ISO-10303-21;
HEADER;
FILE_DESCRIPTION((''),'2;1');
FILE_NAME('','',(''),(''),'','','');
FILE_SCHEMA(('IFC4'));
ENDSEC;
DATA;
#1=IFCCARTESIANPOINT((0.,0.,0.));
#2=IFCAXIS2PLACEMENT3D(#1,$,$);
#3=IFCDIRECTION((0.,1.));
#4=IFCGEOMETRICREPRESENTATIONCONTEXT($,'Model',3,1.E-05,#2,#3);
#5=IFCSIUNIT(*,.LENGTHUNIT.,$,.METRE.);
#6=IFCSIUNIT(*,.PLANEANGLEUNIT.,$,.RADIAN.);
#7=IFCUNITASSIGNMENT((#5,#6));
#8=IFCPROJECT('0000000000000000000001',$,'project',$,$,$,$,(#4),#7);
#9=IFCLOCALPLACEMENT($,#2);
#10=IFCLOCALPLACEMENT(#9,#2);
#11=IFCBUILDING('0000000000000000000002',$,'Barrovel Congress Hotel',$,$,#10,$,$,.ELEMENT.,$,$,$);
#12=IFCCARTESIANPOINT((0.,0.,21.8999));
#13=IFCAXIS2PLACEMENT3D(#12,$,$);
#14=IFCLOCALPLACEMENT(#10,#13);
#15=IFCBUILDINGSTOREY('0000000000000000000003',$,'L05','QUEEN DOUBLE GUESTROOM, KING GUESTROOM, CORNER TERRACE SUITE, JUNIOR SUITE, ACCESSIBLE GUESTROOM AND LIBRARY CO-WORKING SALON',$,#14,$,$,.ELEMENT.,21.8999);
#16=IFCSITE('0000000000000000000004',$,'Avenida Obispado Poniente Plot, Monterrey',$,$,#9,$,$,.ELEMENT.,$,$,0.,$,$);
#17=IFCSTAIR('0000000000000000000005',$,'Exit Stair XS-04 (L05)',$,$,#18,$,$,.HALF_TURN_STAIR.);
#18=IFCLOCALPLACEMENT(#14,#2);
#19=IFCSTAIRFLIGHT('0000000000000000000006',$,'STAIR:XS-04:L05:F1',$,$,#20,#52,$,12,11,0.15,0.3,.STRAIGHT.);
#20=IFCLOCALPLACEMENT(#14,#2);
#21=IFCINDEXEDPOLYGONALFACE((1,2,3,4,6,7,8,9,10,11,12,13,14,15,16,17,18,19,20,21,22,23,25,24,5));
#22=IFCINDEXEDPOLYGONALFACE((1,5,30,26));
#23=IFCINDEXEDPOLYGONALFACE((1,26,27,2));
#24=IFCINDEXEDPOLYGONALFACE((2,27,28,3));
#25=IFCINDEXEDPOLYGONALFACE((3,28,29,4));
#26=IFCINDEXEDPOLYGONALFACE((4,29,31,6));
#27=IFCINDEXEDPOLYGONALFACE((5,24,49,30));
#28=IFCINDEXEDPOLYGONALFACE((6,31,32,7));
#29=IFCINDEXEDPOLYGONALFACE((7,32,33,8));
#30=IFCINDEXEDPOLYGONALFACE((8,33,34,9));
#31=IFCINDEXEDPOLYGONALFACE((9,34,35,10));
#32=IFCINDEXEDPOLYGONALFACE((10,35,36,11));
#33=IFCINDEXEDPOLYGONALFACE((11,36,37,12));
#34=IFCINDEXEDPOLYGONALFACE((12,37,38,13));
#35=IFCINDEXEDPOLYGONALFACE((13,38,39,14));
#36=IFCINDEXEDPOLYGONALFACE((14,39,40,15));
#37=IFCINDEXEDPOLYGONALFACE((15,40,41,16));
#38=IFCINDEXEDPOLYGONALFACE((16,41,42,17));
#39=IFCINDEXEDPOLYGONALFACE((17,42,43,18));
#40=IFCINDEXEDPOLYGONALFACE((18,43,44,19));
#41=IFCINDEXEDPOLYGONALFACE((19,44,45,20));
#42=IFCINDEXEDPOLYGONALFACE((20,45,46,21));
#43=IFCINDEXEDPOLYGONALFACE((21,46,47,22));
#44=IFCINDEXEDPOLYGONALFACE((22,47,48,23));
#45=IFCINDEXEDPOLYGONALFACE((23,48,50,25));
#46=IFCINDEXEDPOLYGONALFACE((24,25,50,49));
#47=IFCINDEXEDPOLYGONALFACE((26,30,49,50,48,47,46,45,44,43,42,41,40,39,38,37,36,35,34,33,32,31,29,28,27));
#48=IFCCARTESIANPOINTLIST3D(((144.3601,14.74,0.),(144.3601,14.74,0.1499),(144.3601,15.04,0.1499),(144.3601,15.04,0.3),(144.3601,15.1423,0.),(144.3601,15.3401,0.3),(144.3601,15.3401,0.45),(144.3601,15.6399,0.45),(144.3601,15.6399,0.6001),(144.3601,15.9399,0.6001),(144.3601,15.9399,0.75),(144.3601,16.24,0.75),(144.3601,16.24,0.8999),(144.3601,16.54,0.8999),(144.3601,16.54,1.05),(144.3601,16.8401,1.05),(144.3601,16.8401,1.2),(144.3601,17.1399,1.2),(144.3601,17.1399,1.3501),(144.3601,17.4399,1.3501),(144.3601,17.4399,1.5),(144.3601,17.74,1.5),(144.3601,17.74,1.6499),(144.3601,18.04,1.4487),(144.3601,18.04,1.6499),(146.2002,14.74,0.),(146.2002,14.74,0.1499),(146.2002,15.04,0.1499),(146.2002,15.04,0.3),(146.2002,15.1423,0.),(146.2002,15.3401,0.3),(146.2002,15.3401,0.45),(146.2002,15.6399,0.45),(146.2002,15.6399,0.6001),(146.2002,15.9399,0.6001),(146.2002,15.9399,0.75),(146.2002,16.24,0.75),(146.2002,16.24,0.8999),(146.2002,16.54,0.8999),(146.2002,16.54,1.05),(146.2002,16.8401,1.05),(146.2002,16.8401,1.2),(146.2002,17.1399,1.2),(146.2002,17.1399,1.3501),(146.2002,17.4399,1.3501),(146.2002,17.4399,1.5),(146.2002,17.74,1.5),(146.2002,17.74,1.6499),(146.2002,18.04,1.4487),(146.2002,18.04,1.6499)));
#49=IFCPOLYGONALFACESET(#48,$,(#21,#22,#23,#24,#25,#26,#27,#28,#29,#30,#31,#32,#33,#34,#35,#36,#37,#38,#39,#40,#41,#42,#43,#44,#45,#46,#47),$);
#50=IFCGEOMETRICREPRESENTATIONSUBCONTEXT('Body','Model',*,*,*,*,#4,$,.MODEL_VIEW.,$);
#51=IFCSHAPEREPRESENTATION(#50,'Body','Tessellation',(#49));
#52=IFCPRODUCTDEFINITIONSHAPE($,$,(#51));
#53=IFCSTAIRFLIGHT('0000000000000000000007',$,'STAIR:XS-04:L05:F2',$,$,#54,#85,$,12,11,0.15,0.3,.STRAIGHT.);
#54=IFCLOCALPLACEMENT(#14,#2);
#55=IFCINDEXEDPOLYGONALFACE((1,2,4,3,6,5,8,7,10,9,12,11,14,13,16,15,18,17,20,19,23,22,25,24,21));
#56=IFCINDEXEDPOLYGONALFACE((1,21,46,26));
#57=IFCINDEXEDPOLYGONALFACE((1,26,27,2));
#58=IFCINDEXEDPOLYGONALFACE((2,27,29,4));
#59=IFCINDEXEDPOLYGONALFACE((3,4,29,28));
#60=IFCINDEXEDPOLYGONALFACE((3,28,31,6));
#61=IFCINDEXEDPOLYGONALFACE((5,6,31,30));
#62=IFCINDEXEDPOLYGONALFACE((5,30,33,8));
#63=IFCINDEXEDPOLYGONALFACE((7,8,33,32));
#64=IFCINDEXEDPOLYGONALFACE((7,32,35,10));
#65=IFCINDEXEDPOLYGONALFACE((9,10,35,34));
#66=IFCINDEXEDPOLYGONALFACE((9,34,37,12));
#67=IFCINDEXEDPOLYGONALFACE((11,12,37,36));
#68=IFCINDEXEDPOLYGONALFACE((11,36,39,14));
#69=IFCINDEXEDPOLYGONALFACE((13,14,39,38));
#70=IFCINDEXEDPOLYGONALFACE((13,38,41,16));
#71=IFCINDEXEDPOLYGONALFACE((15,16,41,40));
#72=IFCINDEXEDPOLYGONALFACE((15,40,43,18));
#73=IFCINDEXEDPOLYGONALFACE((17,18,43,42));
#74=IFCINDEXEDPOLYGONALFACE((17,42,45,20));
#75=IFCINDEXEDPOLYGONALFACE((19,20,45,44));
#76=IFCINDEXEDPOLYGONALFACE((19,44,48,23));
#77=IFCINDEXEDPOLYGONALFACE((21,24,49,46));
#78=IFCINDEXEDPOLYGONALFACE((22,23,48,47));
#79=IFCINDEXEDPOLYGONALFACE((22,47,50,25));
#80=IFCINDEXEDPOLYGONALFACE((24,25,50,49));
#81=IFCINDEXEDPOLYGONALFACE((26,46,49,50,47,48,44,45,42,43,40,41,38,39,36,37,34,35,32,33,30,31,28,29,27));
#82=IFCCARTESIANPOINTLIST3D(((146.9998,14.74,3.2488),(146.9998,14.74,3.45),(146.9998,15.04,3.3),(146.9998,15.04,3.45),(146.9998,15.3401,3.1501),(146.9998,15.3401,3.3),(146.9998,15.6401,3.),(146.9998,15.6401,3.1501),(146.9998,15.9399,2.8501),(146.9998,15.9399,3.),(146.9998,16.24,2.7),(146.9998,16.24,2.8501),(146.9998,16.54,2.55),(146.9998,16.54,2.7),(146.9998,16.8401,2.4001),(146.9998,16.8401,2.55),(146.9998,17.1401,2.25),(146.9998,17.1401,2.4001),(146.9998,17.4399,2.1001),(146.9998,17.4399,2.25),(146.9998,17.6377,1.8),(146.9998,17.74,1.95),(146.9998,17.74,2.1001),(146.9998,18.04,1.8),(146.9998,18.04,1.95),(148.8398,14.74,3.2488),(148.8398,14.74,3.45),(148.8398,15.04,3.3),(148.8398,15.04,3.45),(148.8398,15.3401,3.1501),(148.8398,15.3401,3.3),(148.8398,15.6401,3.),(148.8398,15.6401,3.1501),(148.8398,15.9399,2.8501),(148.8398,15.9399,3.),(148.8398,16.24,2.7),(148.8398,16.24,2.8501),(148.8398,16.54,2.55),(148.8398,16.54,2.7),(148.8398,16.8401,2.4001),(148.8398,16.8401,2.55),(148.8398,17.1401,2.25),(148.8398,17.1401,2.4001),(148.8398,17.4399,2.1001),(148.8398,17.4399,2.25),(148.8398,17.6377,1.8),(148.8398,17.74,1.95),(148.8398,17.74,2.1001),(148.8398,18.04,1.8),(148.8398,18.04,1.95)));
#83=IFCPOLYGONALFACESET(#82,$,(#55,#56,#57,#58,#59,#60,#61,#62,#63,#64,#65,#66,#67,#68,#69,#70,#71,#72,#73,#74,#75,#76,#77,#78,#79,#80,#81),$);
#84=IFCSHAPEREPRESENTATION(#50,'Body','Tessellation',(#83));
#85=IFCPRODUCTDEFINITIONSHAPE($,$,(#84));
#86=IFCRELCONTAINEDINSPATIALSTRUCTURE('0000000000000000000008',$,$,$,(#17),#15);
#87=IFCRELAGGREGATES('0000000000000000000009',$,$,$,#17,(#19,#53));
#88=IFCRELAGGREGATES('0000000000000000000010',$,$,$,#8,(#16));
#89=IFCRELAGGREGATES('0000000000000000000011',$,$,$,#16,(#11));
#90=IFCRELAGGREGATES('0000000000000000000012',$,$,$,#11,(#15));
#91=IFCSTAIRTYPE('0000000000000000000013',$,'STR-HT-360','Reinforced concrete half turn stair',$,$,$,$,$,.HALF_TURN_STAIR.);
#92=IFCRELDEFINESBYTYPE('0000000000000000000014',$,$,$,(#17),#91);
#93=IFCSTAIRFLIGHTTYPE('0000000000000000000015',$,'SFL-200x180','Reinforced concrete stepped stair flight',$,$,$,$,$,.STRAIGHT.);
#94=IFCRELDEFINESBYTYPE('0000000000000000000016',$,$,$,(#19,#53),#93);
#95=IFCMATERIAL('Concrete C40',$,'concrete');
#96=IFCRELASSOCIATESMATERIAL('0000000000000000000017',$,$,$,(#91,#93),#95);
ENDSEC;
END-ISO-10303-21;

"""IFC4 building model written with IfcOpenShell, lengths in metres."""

from ifc_helpers import new_model, si_unit, direction, frame, origin, place, context, subcontext, project, spatial, polyline, outline, extrude, material, type_object, element, aggregate, save


model = new_model("IFC4")

# Units and contexts
model_context = context("Model", 3, precision=1e-05, world=origin(), true_north=direction((0.0, 1.0)))
body_context = subcontext(model_context, "Body", "Model", "MODEL_VIEW")
ifc_project = project(units=[si_unit("LENGTHUNIT", "METRE"), si_unit("PLANEANGLEUNIT", "RADIAN")], contexts=[model_context])

# Site, building, storey
site_placement = place(None, origin())
site = spatial("IfcSite", under=ifc_project, at=site_placement, Name="Avenida Obispado Poniente Plot, Monterrey", CompositionType="ELEMENT", RefElevation=0.0)
building_placement = place(site_placement, origin())
building = spatial("IfcBuilding", under=site, at=building_placement, Name="Barrovel Congress Hotel", CompositionType="ELEMENT")
storey_placement = place(building_placement, frame((0.0, 0.0, 21.8999)))
storey = spatial("IfcBuildingStorey", under=building, at=storey_placement, Name="L05", Description="QUEEN DOUBLE GUESTROOM, KING GUESTROOM, CORNER TERRACE SUITE, JUNIOR SUITE, ACCESSIBLE GUESTROOM AND LIBRARY CO-WORKING SALON", CompositionType="ELEMENT", Elevation=21.8999)

# Shared definitions
ifc_material_1 = material(Name="Concrete C40", Category="concrete")

# Stair, stair flights
stair_type = type_object("IfcStairType", Name="STR-HT-360", Description="Reinforced concrete half turn stair", PredefinedType="HALF_TURN_STAIR", material=ifc_material_1)
stair_placement = place(storey_placement, origin())
stair = element("IfcStair", 1, at=stair_placement, inside=storey, type_object=stair_type, Name="Exit Stair XS-04 (L05)", PredefinedType="HALF_TURN_STAIR")
stair_flight_type = type_object("IfcStairFlightType", Name="SFL-200x180", Description="Reinforced concrete stepped stair flight", PredefinedType="STRAIGHT", material=ifc_material_1)
stair_flight_1_placement = place(storey_placement, frame((145.28, 14.74, 0.0), z_axis=(0.0, 0.0, 1.0), x_axis=(0.0, 1.0, 0.0)))
stair_flight_1 = element("IfcStairFlight", 2, at=stair_flight_1_placement, type_object=stair_flight_type, Name="STAIR:XS-04:L05:F1", NumberOfRisers=12, NumberOfTreads=11, PredefinedType="STRAIGHT", RiserHeight=0.15, TreadLength=0.3, context=body_context, shape_type="SweptSolid", body=[
    extrude(outline(polyline([(0.0, 0.0), (0.0, 0.1499), (0.3, 0.1499), (0.3, 0.3), (0.6001, 0.3), (0.6001, 0.45), (0.8999, 0.45), (0.8999, 0.6001), (1.2, 0.6001), (1.2, 0.75), (1.5, 0.75), (1.5, 0.8999), (1.8, 0.8999), (1.8, 1.05), (2.1001, 1.05), (2.1001, 1.2), (2.3999, 1.2), (2.3999, 1.3501), (2.7, 1.3501), (2.7, 1.5), (3.0, 1.5), (3.0, 1.6499), (3.3, 1.6499), (3.3, 1.8), (3.3, 1.4487), (0.4023, 0.0), (0.0, 0.0)])), frame((0.0, 0.9199, 0.0), z_axis=(0.0, -1.0, 0.0), x_axis=(1.0, 0.0, 0.0)), (0.0, 0.0, 1.0), 1.8401),
])
stair_flight_2_placement = place(storey_placement, frame((147.9199, 18.04, 1.8), z_axis=(0.0, 0.0, 1.0), x_axis=(0.0, -1.0, 0.0)))
stair_flight_2 = element("IfcStairFlight", 3, at=stair_flight_2_placement, type_object=stair_flight_type, Name="STAIR:XS-04:L05:F2", NumberOfRisers=12, NumberOfTreads=11, PredefinedType="STRAIGHT", RiserHeight=0.15, TreadLength=0.3, context=body_context, shape_type="SweptSolid", body=[
    extrude(outline(polyline([(0.0, 0.0), (0.0, 0.1499), (0.3, 0.1499), (0.3, 0.3), (0.6001, 0.3), (0.6001, 0.45), (0.8999, 0.45), (0.8999, 0.6001), (1.2, 0.6001), (1.2, 0.75), (1.5, 0.75), (1.5, 0.8999), (1.8, 0.8999), (1.8, 1.05), (2.1001, 1.05), (2.1001, 1.2), (2.3999, 1.2), (2.3999, 1.3501), (2.7, 1.3501), (2.7, 1.5), (3.0, 1.5), (3.0, 1.6499), (3.3, 1.6499), (3.3, 1.8), (3.3, 1.4487), (0.4023, 0.0), (0.0, 0.0)])), frame((0.0, 0.9199, 0.0), z_axis=(0.0, -1.0, 0.0), x_axis=(1.0, 0.0, 0.0)), (0.0, 0.0, 1.0), 1.8401),
])
aggregate(stair, [stair_flight_1, stair_flight_2])

save(model, "model.ifc")
